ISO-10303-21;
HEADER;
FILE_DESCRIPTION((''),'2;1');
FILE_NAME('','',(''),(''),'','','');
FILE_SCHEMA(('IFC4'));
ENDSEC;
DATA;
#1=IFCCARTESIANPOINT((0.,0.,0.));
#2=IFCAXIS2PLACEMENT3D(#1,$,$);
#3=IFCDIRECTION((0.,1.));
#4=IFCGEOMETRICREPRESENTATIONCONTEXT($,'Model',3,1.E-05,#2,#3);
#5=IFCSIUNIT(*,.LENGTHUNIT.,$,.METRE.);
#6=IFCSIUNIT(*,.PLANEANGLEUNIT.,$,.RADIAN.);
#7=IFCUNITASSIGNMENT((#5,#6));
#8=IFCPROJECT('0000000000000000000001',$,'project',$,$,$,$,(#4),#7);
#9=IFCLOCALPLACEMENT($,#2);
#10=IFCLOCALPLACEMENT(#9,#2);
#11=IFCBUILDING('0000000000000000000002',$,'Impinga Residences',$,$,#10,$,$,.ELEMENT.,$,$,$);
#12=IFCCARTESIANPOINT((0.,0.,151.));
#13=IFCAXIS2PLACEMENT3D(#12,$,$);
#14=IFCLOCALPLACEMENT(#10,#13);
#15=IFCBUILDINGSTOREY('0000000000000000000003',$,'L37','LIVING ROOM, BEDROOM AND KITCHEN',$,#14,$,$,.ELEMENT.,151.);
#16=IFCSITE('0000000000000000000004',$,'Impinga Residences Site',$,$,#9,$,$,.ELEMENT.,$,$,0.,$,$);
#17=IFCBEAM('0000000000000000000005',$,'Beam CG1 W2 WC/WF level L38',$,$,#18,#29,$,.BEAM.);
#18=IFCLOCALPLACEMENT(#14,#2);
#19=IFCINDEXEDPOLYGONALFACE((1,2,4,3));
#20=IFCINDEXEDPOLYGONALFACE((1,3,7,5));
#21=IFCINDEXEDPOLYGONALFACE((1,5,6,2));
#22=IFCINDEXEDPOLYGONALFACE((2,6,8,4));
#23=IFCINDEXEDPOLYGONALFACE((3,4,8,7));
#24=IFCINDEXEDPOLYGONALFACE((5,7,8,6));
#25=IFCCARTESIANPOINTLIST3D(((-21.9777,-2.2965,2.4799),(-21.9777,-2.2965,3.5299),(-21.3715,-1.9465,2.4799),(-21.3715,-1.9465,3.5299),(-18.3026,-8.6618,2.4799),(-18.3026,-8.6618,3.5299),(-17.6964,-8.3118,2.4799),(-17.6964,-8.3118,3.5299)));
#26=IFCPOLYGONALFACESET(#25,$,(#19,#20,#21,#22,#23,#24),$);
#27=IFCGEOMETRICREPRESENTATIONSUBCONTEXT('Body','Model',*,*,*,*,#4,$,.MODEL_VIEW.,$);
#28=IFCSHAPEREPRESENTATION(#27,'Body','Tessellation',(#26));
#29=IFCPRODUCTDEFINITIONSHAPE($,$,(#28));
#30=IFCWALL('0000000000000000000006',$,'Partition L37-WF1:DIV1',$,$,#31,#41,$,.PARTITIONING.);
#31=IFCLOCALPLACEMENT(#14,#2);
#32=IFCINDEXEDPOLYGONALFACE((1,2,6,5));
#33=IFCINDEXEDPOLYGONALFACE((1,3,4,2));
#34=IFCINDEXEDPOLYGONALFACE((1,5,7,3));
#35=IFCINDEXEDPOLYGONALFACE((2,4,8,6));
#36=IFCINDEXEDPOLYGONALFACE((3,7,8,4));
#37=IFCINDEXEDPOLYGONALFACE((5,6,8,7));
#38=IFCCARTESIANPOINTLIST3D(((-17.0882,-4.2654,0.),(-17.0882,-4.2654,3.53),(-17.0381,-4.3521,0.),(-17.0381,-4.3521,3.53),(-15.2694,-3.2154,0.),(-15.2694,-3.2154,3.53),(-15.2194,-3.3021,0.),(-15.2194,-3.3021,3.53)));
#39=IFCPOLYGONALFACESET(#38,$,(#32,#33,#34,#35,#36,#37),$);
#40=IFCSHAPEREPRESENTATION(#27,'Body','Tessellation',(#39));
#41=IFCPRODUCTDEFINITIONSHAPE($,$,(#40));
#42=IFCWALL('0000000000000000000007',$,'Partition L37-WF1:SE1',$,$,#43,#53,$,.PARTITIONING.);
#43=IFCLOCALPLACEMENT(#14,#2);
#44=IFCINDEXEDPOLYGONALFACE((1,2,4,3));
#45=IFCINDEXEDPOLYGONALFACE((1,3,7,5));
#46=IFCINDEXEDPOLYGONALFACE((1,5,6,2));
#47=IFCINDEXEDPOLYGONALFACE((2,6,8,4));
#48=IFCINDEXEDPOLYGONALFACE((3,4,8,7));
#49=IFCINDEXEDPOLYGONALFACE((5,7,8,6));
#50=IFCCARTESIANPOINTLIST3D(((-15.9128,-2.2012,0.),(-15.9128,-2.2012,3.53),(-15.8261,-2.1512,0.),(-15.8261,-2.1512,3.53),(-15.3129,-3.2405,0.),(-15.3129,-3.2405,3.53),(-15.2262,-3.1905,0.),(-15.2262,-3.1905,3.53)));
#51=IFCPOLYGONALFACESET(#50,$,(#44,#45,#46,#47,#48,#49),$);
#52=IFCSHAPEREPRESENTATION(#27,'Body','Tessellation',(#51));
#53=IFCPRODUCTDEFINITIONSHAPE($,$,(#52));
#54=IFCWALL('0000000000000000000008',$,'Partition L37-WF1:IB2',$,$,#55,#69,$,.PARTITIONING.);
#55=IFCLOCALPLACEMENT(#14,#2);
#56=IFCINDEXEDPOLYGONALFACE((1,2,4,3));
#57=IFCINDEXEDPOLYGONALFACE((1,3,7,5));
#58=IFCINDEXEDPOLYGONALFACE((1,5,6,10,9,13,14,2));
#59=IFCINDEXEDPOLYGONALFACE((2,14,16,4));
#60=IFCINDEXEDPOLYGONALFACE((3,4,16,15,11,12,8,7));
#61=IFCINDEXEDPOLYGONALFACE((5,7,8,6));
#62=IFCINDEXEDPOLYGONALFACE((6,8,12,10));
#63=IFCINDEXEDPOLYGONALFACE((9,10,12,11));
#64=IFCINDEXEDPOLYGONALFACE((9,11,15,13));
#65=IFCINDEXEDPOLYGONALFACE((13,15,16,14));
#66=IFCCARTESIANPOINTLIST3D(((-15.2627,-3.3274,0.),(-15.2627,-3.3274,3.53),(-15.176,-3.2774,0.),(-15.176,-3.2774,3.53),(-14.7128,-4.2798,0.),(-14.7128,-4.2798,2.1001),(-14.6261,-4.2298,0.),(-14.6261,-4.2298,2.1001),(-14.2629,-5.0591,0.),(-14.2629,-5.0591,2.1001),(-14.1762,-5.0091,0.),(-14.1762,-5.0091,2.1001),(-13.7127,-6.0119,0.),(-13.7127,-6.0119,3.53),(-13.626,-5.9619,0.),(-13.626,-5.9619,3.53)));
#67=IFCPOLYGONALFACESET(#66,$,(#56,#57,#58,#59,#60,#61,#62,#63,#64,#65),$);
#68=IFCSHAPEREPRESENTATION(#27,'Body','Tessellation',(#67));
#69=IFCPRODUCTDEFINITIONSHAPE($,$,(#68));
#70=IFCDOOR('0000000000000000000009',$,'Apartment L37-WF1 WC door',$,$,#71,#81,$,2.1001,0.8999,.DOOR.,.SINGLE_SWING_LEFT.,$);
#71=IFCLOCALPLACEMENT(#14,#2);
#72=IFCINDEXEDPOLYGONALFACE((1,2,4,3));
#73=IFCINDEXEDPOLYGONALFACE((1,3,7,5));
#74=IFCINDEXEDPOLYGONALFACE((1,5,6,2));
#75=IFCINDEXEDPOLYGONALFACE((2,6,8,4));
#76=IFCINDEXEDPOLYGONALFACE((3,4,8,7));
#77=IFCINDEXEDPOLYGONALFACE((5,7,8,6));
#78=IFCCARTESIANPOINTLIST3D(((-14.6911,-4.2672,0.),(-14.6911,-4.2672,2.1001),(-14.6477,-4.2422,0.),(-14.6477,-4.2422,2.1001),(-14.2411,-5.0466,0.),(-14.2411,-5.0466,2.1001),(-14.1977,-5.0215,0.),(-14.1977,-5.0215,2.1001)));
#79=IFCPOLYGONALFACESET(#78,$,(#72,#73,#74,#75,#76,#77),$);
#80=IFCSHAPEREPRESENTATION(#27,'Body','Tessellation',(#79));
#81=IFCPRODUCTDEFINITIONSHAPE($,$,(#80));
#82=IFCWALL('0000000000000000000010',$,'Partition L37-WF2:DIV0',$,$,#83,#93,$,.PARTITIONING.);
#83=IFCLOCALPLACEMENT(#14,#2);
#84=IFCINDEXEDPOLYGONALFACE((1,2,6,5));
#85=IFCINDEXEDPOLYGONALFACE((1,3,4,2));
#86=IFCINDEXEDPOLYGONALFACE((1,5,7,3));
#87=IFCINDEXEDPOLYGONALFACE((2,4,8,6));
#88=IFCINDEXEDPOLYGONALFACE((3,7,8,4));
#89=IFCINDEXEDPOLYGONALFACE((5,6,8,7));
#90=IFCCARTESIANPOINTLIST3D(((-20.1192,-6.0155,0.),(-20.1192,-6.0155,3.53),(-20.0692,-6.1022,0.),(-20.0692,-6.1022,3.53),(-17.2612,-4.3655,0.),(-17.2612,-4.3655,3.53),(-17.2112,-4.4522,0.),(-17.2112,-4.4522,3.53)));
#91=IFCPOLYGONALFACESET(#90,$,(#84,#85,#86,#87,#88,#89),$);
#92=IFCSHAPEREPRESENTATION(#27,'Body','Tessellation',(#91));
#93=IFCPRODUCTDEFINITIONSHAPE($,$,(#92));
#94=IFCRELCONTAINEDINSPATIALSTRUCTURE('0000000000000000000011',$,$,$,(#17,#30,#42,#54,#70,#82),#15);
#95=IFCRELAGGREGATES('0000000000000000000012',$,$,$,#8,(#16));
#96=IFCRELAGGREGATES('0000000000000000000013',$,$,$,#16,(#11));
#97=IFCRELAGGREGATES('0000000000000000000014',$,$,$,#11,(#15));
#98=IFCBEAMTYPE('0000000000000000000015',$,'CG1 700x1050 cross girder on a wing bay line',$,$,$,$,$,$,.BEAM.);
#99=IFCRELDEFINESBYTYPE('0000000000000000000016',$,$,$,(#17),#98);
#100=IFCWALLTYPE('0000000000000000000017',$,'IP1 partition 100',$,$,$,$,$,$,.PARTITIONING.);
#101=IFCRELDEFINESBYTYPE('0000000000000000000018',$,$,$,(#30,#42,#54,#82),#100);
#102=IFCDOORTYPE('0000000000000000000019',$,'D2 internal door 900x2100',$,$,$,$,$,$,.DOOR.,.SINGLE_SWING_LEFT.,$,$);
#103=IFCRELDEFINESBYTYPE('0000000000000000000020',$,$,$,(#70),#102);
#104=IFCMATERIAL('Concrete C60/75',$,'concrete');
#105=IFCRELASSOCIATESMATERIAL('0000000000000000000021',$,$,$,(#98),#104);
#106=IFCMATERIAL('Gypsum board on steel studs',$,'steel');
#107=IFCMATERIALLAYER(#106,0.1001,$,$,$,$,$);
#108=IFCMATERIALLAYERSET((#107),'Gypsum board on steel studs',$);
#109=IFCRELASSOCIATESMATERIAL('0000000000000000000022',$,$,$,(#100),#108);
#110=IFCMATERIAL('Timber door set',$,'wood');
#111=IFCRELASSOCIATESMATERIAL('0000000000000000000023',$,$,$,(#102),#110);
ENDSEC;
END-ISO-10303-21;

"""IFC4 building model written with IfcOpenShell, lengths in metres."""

from ifc_helpers import new_model, si_unit, direction, frame, frame_2d, origin, origin_2d, place, context, subcontext, project, spatial, rectangle, extrude, material, layer, layer_set, material_profile, profile_set, type_object, element, fill, save


model = new_model("IFC4")

# Units and contexts
model_context = context("Model", 3, precision=1e-05, world=origin(), true_north=direction((0.0, 1.0)))
body_context = subcontext(model_context, "Body", "Model", "MODEL_VIEW")
ifc_project = project(units=[si_unit("LENGTHUNIT", "METRE"), si_unit("PLANEANGLEUNIT", "RADIAN")], contexts=[model_context])

# Site, building, storey
site_placement = place(None, origin())
site = spatial("IfcSite", under=ifc_project, at=site_placement, Name="Impinga Residences Site", CompositionType="ELEMENT", RefElevation=0.0)
building_placement = place(site_placement, origin())
building = spatial("IfcBuilding", under=site, at=building_placement, Name="Impinga Residences", CompositionType="ELEMENT")
storey_placement = place(building_placement, frame((0.0, 0.0, 151.0)))
storey = spatial("IfcBuildingStorey", under=building, at=storey_placement, Name="L37", Description="LIVING ROOM, BEDROOM AND KITCHEN", CompositionType="ELEMENT", Elevation=151.0)

# Beam
ifc_material_1 = material(Name="Concrete C60/75", Category="concrete")
ifc_material_profile = material_profile(ifc_material_1, rectangle(XDim=0.7, YDim=1.05, at=origin_2d()), Name="RC 700x1050")
ifc_profile_set = profile_set([ifc_material_profile], Name="Concrete C60/75")
beam_type = type_object("IfcBeamType", Name="CG1 700x1050 cross girder on a wing bay line", PredefinedType="BEAM", material=ifc_profile_set)
beam_placement = place(storey_placement, frame((-17.9995, -8.4868, 3.0049), z_axis=(-0.500008, 0.866021, 0.0), x_axis=(-0.866021, -0.500008, 0.0)))
element("IfcBeam", 1, at=beam_placement, inside=storey, type_object=beam_type, Name="Beam CG1 W2 WC/WF level L38", PredefinedType="BEAM", context=body_context, shape_type="SweptSolid", body=[
    extrude(rectangle(XDim=0.7, YDim=1.05, at=origin_2d()), origin(), (0.0, 0.0, 1.0), 7.3501),
])

# Walls
ifc_material_2 = material(Name="Gypsum board on steel studs", Category="steel")
ifc_layer_1 = layer(ifc_material_2, 0.1001)
ifc_layer_set_1 = layer_set([ifc_layer_1], Name="Gypsum board on steel studs")
wall_type_1 = type_object("IfcWallType", Name="IP1 partition 100", PredefinedType="PARTITIONING", material=ifc_layer_set_1)
wall_1_placement = place(storey_placement, frame((-15.2444, -3.2588, 0.0), z_axis=(0.0, 0.0, 1.0), x_axis=(-0.866038, -0.499977, 0.0)))
element("IfcWall", 2, at=wall_1_placement, inside=storey, type_object=wall_type_1, Name="Partition L37-WF1:DIV1", PredefinedType="PARTITIONING", context=body_context, shape_type="SweptSolid", body=[
    extrude(rectangle(XDim=2.1001, YDim=0.1001, at=frame_2d((1.05, 0.0))), origin(), (0.0, 0.0, 1.0), 3.53),
])
wall_2_placement = place(storey_placement, frame((-15.2695, -3.2156, 0.0), z_axis=(0.0, 0.0, 1.0), x_axis=(-0.499881, 0.866094, 0.0)))
element("IfcWall", 3, at=wall_2_placement, inside=storey, type_object=wall_type_1, Name="Partition L37-WF1:SE1", PredefinedType="PARTITIONING", context=body_context, shape_type="SweptSolid", body=[
    extrude(rectangle(XDim=1.2, YDim=0.1001, at=frame_2d((0.6001, 0.0))), origin(), (0.0, 0.0, 1.0), 3.53),
])

# Wall, opening, door
wall_3_placement = place(storey_placement, frame((-13.6694, -5.9868, 0.0), z_axis=(0.0, 0.0, 1.0), x_axis=(-0.500027, 0.86601, 0.0)))
wall_3 = element("IfcWall", 4, at=wall_3_placement, inside=storey, type_object=wall_type_1, Name="Partition L37-WF1:IB2", PredefinedType="PARTITIONING", context=body_context, shape_type="SweptSolid", body=[
    extrude(rectangle(XDim=3.0999, YDim=0.1001, at=frame_2d((1.5498, 0.0))), origin(), (0.0, 0.0, 1.0), 3.53),
])
opening_1_placement = place(wall_3_placement, frame((1.1001, 0.0, 0.0)))
opening_1 = element("IfcOpeningElement", 5, at=opening_1_placement, cuts=wall_3, PredefinedType="OPENING", context=body_context, shape_type="SweptSolid", body=[
    extrude(rectangle(XDim=0.8999, YDim=2.1001, at=frame_2d((0.45, 1.05))), frame((0.0, 0.0601, 0.0), z_axis=(0.0, -1.0, 0.0), x_axis=(1.0, 0.0, 0.0)), (0.0, 0.0, 1.0), 0.1201),
])
ifc_material_3 = material(Name="Timber door set", Category="wood")
door_type = type_object("IfcDoorType", Name="D2 internal door 900x2100", OperationType="SINGLE_SWING_LEFT", PredefinedType="DOOR", material=ifc_material_3)
door_1_placement = place(opening_1_placement, origin())
door_1 = element("IfcDoor", 6, at=door_1_placement, inside=storey, type_object=door_type, Name="Apartment L37-WF1 WC door", OperationType="SINGLE_SWING_LEFT", OverallHeight=2.1001, OverallWidth=0.8999, PredefinedType="DOOR", context=body_context, shape_type="SweptSolid", body=[
    extrude(rectangle(XDim=0.8999, YDim=2.1001, at=frame_2d((0.45, 1.05))), frame((0.0, 0.0249, 0.0), z_axis=(0.0, -1.0, 0.0), x_axis=(1.0, 0.0, 0.0)), (0.0, 0.0, 1.0), 0.05),
])
fill(opening_1, door_1)

# Wall
wall_4_placement = place(storey_placement, frame((-17.2363, -4.4089, 0.0), z_axis=(0.0, 0.0, 1.0), x_axis=(-0.86604, -0.499974, 0.0)))
element("IfcWall", 7, at=wall_4_placement, inside=storey, type_object=wall_type_1, Name="Partition L37-WF2:DIV0", PredefinedType="PARTITIONING", context=body_context, shape_type="SweptSolid", body=[
    extrude(rectangle(XDim=3.3, YDim=0.1001, at=frame_2d((1.6499, 0.0))), origin(), (0.0, 0.0, 1.0), 3.53),
])

save(model, "model.ifc")
